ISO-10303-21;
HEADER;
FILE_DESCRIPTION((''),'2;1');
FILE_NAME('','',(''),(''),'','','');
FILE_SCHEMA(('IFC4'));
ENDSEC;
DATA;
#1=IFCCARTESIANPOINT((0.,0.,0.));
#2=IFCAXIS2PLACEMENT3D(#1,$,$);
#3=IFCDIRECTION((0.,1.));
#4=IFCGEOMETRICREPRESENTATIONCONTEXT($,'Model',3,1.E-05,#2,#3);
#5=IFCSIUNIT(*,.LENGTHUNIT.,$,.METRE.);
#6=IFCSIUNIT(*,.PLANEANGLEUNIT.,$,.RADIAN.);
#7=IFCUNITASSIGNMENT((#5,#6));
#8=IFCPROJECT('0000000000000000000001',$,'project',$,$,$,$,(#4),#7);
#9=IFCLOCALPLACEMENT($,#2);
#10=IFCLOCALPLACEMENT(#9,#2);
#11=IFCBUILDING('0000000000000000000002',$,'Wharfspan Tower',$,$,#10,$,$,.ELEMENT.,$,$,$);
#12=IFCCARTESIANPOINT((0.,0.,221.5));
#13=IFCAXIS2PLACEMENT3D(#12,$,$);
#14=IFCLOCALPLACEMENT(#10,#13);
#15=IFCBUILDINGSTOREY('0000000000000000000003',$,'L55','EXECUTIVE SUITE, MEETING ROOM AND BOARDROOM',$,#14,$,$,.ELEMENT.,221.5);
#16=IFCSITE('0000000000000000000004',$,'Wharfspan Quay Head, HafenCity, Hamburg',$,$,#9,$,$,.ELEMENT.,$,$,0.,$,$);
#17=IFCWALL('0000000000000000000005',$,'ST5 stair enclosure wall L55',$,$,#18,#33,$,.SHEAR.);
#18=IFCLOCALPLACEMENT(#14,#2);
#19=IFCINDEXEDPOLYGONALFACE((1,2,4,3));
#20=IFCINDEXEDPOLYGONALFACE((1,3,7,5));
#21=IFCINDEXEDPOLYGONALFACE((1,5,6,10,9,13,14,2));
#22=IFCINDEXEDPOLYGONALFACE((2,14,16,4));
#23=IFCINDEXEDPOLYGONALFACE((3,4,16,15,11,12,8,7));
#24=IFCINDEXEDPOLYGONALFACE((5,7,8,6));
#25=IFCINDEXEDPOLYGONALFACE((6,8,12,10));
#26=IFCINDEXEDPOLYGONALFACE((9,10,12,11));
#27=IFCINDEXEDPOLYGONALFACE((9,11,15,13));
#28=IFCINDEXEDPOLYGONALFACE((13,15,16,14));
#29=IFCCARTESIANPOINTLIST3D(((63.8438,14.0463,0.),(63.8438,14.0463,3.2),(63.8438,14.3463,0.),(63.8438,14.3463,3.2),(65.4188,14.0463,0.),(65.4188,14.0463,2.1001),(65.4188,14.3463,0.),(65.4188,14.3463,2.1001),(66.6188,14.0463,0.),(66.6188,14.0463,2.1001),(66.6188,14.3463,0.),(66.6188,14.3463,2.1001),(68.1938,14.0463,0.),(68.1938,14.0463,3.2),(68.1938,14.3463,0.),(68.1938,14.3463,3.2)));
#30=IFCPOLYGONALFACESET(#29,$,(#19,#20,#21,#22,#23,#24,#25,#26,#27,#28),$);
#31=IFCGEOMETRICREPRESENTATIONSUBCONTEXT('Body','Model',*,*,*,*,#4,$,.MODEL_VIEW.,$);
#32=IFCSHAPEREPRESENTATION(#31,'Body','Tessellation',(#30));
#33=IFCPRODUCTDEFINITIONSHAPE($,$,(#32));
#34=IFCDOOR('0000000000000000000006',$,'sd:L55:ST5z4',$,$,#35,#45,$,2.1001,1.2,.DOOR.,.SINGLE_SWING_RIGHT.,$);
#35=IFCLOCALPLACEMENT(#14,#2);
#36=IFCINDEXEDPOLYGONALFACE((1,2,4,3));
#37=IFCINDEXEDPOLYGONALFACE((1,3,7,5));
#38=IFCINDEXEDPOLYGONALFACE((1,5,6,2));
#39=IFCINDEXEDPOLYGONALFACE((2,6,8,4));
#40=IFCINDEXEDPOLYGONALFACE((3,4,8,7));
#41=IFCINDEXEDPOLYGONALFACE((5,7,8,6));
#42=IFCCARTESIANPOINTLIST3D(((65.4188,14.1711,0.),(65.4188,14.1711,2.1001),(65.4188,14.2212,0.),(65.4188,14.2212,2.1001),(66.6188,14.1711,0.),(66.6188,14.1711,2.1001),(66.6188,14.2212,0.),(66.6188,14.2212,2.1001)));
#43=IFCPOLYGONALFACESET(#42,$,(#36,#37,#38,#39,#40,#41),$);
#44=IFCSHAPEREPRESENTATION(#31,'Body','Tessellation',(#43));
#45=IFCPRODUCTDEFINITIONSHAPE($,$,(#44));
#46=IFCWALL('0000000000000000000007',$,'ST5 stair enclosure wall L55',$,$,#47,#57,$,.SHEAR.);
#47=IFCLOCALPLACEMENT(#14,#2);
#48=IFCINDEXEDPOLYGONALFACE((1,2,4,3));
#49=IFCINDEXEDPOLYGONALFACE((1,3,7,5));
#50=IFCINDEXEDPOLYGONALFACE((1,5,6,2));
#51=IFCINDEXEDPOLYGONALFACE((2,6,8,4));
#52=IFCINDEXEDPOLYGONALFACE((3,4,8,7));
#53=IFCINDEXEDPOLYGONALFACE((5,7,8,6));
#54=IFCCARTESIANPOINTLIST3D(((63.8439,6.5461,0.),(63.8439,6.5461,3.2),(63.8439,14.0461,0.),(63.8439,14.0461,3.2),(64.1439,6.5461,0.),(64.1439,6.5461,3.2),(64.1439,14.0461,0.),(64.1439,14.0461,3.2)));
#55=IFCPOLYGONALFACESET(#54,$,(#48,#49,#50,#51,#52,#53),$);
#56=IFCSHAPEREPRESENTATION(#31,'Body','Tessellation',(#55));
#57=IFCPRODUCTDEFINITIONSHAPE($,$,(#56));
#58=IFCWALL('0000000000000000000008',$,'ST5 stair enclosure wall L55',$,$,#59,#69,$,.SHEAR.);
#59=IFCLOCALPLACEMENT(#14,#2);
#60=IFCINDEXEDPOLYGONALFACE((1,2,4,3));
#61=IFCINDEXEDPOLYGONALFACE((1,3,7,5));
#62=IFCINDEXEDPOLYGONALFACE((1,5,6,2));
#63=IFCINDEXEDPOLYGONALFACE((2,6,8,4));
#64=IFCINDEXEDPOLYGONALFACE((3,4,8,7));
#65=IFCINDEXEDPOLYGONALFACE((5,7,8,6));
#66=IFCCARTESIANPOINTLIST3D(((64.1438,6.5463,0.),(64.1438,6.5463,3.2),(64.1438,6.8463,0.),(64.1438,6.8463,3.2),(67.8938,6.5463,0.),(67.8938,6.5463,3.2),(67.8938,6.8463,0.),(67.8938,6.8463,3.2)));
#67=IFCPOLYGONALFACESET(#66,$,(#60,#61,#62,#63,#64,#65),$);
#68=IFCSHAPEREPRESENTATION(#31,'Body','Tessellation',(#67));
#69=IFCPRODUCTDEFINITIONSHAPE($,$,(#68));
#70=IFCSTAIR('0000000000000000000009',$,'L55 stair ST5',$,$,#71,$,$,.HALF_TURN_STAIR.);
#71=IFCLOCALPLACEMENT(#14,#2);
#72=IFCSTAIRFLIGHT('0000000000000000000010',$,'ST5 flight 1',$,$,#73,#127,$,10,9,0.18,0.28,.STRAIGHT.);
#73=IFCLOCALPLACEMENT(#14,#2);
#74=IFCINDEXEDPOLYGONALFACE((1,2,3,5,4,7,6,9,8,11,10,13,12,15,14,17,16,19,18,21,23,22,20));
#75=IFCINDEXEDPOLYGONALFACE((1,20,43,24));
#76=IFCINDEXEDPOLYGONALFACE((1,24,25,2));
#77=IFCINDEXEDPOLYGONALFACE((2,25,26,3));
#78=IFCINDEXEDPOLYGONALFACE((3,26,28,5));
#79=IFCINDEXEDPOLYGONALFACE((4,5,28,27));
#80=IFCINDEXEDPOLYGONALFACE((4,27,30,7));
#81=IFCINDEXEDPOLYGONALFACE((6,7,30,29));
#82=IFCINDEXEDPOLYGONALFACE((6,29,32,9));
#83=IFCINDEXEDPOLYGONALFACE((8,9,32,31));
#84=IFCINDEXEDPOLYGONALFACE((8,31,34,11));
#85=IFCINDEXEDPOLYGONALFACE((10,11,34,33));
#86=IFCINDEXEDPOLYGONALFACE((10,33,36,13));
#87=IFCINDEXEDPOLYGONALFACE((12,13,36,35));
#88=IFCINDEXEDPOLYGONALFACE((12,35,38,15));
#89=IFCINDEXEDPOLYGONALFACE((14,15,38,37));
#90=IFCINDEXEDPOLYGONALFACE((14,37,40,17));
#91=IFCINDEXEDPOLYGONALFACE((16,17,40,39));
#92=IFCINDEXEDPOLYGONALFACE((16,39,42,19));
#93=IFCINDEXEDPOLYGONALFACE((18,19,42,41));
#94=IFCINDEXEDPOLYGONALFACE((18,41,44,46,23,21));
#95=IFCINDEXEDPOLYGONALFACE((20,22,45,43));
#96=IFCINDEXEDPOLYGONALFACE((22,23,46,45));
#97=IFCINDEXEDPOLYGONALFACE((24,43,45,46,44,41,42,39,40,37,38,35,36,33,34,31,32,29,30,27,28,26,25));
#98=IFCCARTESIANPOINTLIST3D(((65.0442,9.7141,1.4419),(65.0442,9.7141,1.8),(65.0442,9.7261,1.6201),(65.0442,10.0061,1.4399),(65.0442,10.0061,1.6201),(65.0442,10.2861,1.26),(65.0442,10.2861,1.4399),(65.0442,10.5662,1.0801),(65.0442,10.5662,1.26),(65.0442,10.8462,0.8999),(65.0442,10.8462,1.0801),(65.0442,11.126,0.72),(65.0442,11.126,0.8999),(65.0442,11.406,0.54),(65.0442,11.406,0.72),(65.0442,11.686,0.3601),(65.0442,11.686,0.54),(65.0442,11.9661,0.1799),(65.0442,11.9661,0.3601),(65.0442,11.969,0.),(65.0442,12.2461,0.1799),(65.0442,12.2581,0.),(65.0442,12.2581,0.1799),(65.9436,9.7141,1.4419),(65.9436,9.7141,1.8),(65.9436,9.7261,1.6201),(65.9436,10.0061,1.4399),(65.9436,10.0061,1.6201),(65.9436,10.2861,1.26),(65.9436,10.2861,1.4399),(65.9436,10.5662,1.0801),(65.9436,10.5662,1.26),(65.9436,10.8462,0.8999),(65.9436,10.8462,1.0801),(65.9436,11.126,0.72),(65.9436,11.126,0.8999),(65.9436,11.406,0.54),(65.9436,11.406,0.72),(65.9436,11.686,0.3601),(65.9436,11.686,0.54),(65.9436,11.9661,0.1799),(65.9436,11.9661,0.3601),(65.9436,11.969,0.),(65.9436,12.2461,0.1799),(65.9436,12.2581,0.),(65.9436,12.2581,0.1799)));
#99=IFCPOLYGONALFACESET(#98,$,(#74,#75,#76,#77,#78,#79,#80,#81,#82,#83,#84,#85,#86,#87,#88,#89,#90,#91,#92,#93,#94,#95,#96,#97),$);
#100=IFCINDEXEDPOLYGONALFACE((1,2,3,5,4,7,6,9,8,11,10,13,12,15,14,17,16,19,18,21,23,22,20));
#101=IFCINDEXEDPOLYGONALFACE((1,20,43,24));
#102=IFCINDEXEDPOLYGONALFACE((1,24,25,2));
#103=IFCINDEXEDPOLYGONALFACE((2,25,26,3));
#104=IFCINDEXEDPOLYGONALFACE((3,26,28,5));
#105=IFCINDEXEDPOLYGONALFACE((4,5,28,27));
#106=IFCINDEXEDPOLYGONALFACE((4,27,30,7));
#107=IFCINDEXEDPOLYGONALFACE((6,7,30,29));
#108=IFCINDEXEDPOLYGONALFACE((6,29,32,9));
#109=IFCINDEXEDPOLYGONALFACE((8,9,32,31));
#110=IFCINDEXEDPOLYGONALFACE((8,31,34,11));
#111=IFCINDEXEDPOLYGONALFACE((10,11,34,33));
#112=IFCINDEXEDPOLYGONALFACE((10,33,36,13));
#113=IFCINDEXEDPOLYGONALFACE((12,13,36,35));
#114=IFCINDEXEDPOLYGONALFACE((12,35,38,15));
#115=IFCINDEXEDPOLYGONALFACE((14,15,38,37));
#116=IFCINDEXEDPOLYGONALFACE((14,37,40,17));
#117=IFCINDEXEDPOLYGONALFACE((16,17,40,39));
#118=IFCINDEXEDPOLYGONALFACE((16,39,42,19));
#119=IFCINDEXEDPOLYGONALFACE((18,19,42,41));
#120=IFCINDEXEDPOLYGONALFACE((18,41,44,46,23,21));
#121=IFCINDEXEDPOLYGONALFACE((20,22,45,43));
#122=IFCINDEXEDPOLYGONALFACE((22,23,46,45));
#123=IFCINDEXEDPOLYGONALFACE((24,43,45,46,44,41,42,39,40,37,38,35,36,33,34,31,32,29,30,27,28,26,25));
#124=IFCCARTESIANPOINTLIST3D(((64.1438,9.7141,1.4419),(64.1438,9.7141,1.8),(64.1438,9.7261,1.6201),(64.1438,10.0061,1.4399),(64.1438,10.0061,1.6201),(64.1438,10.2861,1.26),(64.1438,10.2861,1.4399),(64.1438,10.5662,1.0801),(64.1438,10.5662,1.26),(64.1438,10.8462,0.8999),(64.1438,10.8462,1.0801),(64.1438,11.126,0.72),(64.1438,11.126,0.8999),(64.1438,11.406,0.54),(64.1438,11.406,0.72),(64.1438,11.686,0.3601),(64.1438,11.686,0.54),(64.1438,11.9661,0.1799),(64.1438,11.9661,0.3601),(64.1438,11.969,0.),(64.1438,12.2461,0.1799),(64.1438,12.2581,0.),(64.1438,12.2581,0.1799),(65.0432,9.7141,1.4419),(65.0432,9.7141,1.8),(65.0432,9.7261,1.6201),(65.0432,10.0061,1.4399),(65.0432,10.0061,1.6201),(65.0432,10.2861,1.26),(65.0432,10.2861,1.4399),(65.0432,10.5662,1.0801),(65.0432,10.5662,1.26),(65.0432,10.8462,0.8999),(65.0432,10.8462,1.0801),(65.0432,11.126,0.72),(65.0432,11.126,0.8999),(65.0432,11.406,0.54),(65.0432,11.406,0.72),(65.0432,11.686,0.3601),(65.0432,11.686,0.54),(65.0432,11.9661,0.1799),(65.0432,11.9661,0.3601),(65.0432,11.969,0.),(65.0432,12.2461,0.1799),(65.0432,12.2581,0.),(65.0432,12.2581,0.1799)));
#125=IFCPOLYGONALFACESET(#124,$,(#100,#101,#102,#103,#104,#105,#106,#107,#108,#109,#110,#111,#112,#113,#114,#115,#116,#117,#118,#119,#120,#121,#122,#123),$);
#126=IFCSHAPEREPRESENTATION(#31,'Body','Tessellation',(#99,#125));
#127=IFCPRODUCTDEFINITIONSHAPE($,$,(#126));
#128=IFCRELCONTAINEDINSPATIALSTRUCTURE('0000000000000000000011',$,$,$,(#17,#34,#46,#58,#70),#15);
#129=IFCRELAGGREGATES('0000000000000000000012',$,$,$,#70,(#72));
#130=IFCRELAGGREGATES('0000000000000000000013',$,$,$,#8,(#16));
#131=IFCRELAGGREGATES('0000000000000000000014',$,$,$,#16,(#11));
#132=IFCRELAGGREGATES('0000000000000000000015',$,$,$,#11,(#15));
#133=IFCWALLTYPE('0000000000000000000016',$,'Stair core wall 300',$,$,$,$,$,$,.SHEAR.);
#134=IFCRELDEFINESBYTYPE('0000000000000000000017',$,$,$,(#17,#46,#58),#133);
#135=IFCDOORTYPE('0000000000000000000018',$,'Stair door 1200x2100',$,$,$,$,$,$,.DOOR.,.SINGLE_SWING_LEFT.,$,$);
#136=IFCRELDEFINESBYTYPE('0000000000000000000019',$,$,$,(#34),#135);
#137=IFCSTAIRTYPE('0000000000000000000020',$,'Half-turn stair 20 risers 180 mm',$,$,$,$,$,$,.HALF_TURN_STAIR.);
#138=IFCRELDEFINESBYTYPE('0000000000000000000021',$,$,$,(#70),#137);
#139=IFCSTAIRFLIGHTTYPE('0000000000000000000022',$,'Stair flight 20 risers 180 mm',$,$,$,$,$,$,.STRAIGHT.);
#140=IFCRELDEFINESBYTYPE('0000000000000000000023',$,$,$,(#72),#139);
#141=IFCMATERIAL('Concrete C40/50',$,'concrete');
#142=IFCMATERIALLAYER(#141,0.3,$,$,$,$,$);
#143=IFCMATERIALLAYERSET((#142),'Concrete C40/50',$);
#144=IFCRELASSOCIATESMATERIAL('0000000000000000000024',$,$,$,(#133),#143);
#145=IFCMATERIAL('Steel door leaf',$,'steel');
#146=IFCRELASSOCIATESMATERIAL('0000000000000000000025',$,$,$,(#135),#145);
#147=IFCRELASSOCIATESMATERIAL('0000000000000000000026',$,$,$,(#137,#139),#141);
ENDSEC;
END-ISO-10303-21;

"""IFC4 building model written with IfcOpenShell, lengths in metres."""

from ifc_helpers import new_model, si_unit, direction, frame, frame_2d, origin, place, context, subcontext, project, spatial, polyline, rectangle, outline, extrude, material, layer, layer_set, type_object, element, fill, aggregate, save


model = new_model("IFC4")

# Units and contexts
model_context = context("Model", 3, precision=1e-05, world=origin(), true_north=direction((0.0, 1.0)))
body_context = subcontext(model_context, "Body", "Model", "MODEL_VIEW")
ifc_project = project(units=[si_unit("LENGTHUNIT", "METRE"), si_unit("PLANEANGLEUNIT", "RADIAN")], contexts=[model_context])

# Site, building, storey
site_placement = place(None, origin())
site = spatial("IfcSite", under=ifc_project, at=site_placement, Name="Wharfspan Quay Head, HafenCity, Hamburg", CompositionType="ELEMENT", RefElevation=0.0)
building_placement = place(site_placement, origin())
building = spatial("IfcBuilding", under=site, at=building_placement, Name="Wharfspan Tower", CompositionType="ELEMENT")
storey_placement = place(building_placement, frame((0.0, 0.0, 221.5)))
storey = spatial("IfcBuildingStorey", under=building, at=storey_placement, Name="L55", Description="EXECUTIVE SUITE, MEETING ROOM AND BOARDROOM", CompositionType="ELEMENT", Elevation=221.5)

# Wall, opening, door
ifc_material_1 = material(Name="Concrete C40/50", Category="concrete")
ifc_layer_1 = layer(ifc_material_1, 0.3)
ifc_layer_set_1 = layer_set([ifc_layer_1], Name="Concrete C40/50")
wall_type_1 = type_object("IfcWallType", Name="Stair core wall 300", PredefinedType="SHEAR", material=ifc_layer_set_1)
wall_1_placement = place(storey_placement, frame((63.8438, 14.1963, 0.0), z_axis=(0.0, 0.0, 1.0), x_axis=(1.0, 0.0, 0.0)))
wall_1 = element("IfcWall", 1, at=wall_1_placement, inside=storey, type_object=wall_type_1, Name="ST5 stair enclosure wall L55", PredefinedType="SHEAR", context=body_context, shape_type="SweptSolid", body=[
    extrude(rectangle(XDim=4.3501, YDim=0.3, at=frame_2d((2.175, 0.0))), origin(), (0.0, 0.0, 1.0), 3.2),
])
opening_1_placement = place(wall_1_placement, frame((1.575, 0.0, 0.0)))
opening_1 = element("IfcOpeningElement", 2, at=opening_1_placement, cuts=wall_1, PredefinedType="OPENING", context=body_context, shape_type="SweptSolid", body=[
    extrude(rectangle(XDim=1.2, YDim=2.1001, at=frame_2d((0.6001, 1.05))), frame((0.0, 0.1599, 0.0), z_axis=(0.0, -1.0, 0.0), x_axis=(1.0, 0.0, 0.0)), (0.0, 0.0, 1.0), 0.3201),
])
ifc_material_2 = material(Name="Steel door leaf", Category="steel")
door_type_1 = type_object("IfcDoorType", Name="Stair door 1200x2100", OperationType="SINGLE_SWING_LEFT", PredefinedType="DOOR", material=ifc_material_2)
door_1_placement = place(opening_1_placement, origin())
door_1 = element("IfcDoor", 3, at=door_1_placement, inside=storey, type_object=door_type_1, Name="sd:L55:ST5z4", OperationType="SINGLE_SWING_RIGHT", OverallHeight=2.1001, OverallWidth=1.2, PredefinedType="DOOR", context=body_context, shape_type="SweptSolid", body=[
    extrude(rectangle(XDim=1.2, YDim=2.1001, at=frame_2d((0.6001, 1.05))), frame((0.0, 0.0249, 0.0), z_axis=(0.0, -1.0, 0.0), x_axis=(1.0, 0.0, 0.0)), (0.0, 0.0, 1.0), 0.05),
])
fill(opening_1, door_1)

# Walls
wall_2_placement = place(storey_placement, frame((63.9939, 6.5461, 0.0), z_axis=(0.0, 0.0, 1.0), x_axis=(0.0, 1.0, 0.0)))
element("IfcWall", 4, at=wall_2_placement, inside=storey, type_object=wall_type_1, Name="ST5 stair enclosure wall L55", PredefinedType="SHEAR", context=body_context, shape_type="SweptSolid", body=[
    extrude(rectangle(XDim=7.5, YDim=0.3, at=frame_2d((3.75, 0.0))), origin(), (0.0, 0.0, 1.0), 3.2),
])
wall_3_placement = place(storey_placement, frame((64.1438, 6.6963, 0.0), z_axis=(0.0, 0.0, 1.0), x_axis=(1.0, 0.0, 0.0)))
element("IfcWall", 5, at=wall_3_placement, inside=storey, type_object=wall_type_1, Name="ST5 stair enclosure wall L55", PredefinedType="SHEAR", context=body_context, shape_type="SweptSolid", body=[
    extrude(rectangle(XDim=3.75, YDim=0.3, at=frame_2d((1.875, 0.0))), origin(), (0.0, 0.0, 1.0), 3.2),
])

# Stair, stair flight
stair_type = type_object("IfcStairType", Name="Half-turn stair 20 risers 180 mm", PredefinedType="HALF_TURN_STAIR", material=ifc_material_1)
stair_placement = place(storey_placement, origin())
stair = element("IfcStair", 6, at=stair_placement, inside=storey, type_object=stair_type, Name="L55 stair ST5", PredefinedType="HALF_TURN_STAIR")
stair_flight_type = type_object("IfcStairFlightType", Name="Stair flight 20 risers 180 mm", PredefinedType="STRAIGHT", material=ifc_material_1)
stair_flight_placement = place(storey_placement, frame((65.0437, 12.2461, 0.0), z_axis=(0.0, 0.0, 1.0), x_axis=(0.0, -1.0, 0.0)))
stair_flight = element("IfcStairFlight", 7, at=stair_flight_placement, type_object=stair_flight_type, Name="ST5 flight 1", NumberOfRisers=10, NumberOfTreads=9, PredefinedType="STRAIGHT", RiserHeight=0.18, TreadLength=0.28, context=body_context, shape_type="SweptSolid", body=[
    extrude(outline(polyline([(-0.012, 0.0), (-0.012, 0.1799), (0.0, 0.1799), (0.28, 0.1799), (0.28, 0.3601), (0.5601, 0.3601), (0.5601, 0.54), (0.8401, 0.54), (0.8401, 0.72), (1.1201, 0.72), (1.1201, 0.8999), (1.3999, 0.8999), (1.3999, 1.0801), (1.6799, 1.0801), (1.6799, 1.26), (1.96, 1.26), (1.96, 1.4399), (2.24, 1.4399), (2.24, 1.6201), (2.52, 1.6201), (2.532, 1.8), (2.532, 1.4419), (0.2771, 0.0), (-0.012, 0.0)])), frame((0.0, 0.8999, 0.0), z_axis=(0.0, -1.0, 0.0), x_axis=(1.0, 0.0, 0.0)), (0.0, 0.0, 1.0), 0.8994),
    extrude(outline(polyline([(-0.012, 0.0), (-0.012, 0.1799), (0.0, 0.1799), (0.28, 0.1799), (0.28, 0.3601), (0.5601, 0.3601), (0.5601, 0.54), (0.8401, 0.54), (0.8401, 0.72), (1.1201, 0.72), (1.1201, 0.8999), (1.3999, 0.8999), (1.3999, 1.0801), (1.6799, 1.0801), (1.6799, 1.26), (1.96, 1.26), (1.96, 1.4399), (2.24, 1.4399), (2.24, 1.6201), (2.52, 1.6201), (2.532, 1.8), (2.532, 1.4419), (0.2771, 0.0), (-0.012, 0.0)])), frame((0.0, -0.0005, 0.0), z_axis=(0.0, -1.0, 0.0), x_axis=(1.0, 0.0, 0.0)), (0.0, 0.0, 1.0), 0.8994),
])
aggregate(stair, [stair_flight])

save(model, "model.ifc")
